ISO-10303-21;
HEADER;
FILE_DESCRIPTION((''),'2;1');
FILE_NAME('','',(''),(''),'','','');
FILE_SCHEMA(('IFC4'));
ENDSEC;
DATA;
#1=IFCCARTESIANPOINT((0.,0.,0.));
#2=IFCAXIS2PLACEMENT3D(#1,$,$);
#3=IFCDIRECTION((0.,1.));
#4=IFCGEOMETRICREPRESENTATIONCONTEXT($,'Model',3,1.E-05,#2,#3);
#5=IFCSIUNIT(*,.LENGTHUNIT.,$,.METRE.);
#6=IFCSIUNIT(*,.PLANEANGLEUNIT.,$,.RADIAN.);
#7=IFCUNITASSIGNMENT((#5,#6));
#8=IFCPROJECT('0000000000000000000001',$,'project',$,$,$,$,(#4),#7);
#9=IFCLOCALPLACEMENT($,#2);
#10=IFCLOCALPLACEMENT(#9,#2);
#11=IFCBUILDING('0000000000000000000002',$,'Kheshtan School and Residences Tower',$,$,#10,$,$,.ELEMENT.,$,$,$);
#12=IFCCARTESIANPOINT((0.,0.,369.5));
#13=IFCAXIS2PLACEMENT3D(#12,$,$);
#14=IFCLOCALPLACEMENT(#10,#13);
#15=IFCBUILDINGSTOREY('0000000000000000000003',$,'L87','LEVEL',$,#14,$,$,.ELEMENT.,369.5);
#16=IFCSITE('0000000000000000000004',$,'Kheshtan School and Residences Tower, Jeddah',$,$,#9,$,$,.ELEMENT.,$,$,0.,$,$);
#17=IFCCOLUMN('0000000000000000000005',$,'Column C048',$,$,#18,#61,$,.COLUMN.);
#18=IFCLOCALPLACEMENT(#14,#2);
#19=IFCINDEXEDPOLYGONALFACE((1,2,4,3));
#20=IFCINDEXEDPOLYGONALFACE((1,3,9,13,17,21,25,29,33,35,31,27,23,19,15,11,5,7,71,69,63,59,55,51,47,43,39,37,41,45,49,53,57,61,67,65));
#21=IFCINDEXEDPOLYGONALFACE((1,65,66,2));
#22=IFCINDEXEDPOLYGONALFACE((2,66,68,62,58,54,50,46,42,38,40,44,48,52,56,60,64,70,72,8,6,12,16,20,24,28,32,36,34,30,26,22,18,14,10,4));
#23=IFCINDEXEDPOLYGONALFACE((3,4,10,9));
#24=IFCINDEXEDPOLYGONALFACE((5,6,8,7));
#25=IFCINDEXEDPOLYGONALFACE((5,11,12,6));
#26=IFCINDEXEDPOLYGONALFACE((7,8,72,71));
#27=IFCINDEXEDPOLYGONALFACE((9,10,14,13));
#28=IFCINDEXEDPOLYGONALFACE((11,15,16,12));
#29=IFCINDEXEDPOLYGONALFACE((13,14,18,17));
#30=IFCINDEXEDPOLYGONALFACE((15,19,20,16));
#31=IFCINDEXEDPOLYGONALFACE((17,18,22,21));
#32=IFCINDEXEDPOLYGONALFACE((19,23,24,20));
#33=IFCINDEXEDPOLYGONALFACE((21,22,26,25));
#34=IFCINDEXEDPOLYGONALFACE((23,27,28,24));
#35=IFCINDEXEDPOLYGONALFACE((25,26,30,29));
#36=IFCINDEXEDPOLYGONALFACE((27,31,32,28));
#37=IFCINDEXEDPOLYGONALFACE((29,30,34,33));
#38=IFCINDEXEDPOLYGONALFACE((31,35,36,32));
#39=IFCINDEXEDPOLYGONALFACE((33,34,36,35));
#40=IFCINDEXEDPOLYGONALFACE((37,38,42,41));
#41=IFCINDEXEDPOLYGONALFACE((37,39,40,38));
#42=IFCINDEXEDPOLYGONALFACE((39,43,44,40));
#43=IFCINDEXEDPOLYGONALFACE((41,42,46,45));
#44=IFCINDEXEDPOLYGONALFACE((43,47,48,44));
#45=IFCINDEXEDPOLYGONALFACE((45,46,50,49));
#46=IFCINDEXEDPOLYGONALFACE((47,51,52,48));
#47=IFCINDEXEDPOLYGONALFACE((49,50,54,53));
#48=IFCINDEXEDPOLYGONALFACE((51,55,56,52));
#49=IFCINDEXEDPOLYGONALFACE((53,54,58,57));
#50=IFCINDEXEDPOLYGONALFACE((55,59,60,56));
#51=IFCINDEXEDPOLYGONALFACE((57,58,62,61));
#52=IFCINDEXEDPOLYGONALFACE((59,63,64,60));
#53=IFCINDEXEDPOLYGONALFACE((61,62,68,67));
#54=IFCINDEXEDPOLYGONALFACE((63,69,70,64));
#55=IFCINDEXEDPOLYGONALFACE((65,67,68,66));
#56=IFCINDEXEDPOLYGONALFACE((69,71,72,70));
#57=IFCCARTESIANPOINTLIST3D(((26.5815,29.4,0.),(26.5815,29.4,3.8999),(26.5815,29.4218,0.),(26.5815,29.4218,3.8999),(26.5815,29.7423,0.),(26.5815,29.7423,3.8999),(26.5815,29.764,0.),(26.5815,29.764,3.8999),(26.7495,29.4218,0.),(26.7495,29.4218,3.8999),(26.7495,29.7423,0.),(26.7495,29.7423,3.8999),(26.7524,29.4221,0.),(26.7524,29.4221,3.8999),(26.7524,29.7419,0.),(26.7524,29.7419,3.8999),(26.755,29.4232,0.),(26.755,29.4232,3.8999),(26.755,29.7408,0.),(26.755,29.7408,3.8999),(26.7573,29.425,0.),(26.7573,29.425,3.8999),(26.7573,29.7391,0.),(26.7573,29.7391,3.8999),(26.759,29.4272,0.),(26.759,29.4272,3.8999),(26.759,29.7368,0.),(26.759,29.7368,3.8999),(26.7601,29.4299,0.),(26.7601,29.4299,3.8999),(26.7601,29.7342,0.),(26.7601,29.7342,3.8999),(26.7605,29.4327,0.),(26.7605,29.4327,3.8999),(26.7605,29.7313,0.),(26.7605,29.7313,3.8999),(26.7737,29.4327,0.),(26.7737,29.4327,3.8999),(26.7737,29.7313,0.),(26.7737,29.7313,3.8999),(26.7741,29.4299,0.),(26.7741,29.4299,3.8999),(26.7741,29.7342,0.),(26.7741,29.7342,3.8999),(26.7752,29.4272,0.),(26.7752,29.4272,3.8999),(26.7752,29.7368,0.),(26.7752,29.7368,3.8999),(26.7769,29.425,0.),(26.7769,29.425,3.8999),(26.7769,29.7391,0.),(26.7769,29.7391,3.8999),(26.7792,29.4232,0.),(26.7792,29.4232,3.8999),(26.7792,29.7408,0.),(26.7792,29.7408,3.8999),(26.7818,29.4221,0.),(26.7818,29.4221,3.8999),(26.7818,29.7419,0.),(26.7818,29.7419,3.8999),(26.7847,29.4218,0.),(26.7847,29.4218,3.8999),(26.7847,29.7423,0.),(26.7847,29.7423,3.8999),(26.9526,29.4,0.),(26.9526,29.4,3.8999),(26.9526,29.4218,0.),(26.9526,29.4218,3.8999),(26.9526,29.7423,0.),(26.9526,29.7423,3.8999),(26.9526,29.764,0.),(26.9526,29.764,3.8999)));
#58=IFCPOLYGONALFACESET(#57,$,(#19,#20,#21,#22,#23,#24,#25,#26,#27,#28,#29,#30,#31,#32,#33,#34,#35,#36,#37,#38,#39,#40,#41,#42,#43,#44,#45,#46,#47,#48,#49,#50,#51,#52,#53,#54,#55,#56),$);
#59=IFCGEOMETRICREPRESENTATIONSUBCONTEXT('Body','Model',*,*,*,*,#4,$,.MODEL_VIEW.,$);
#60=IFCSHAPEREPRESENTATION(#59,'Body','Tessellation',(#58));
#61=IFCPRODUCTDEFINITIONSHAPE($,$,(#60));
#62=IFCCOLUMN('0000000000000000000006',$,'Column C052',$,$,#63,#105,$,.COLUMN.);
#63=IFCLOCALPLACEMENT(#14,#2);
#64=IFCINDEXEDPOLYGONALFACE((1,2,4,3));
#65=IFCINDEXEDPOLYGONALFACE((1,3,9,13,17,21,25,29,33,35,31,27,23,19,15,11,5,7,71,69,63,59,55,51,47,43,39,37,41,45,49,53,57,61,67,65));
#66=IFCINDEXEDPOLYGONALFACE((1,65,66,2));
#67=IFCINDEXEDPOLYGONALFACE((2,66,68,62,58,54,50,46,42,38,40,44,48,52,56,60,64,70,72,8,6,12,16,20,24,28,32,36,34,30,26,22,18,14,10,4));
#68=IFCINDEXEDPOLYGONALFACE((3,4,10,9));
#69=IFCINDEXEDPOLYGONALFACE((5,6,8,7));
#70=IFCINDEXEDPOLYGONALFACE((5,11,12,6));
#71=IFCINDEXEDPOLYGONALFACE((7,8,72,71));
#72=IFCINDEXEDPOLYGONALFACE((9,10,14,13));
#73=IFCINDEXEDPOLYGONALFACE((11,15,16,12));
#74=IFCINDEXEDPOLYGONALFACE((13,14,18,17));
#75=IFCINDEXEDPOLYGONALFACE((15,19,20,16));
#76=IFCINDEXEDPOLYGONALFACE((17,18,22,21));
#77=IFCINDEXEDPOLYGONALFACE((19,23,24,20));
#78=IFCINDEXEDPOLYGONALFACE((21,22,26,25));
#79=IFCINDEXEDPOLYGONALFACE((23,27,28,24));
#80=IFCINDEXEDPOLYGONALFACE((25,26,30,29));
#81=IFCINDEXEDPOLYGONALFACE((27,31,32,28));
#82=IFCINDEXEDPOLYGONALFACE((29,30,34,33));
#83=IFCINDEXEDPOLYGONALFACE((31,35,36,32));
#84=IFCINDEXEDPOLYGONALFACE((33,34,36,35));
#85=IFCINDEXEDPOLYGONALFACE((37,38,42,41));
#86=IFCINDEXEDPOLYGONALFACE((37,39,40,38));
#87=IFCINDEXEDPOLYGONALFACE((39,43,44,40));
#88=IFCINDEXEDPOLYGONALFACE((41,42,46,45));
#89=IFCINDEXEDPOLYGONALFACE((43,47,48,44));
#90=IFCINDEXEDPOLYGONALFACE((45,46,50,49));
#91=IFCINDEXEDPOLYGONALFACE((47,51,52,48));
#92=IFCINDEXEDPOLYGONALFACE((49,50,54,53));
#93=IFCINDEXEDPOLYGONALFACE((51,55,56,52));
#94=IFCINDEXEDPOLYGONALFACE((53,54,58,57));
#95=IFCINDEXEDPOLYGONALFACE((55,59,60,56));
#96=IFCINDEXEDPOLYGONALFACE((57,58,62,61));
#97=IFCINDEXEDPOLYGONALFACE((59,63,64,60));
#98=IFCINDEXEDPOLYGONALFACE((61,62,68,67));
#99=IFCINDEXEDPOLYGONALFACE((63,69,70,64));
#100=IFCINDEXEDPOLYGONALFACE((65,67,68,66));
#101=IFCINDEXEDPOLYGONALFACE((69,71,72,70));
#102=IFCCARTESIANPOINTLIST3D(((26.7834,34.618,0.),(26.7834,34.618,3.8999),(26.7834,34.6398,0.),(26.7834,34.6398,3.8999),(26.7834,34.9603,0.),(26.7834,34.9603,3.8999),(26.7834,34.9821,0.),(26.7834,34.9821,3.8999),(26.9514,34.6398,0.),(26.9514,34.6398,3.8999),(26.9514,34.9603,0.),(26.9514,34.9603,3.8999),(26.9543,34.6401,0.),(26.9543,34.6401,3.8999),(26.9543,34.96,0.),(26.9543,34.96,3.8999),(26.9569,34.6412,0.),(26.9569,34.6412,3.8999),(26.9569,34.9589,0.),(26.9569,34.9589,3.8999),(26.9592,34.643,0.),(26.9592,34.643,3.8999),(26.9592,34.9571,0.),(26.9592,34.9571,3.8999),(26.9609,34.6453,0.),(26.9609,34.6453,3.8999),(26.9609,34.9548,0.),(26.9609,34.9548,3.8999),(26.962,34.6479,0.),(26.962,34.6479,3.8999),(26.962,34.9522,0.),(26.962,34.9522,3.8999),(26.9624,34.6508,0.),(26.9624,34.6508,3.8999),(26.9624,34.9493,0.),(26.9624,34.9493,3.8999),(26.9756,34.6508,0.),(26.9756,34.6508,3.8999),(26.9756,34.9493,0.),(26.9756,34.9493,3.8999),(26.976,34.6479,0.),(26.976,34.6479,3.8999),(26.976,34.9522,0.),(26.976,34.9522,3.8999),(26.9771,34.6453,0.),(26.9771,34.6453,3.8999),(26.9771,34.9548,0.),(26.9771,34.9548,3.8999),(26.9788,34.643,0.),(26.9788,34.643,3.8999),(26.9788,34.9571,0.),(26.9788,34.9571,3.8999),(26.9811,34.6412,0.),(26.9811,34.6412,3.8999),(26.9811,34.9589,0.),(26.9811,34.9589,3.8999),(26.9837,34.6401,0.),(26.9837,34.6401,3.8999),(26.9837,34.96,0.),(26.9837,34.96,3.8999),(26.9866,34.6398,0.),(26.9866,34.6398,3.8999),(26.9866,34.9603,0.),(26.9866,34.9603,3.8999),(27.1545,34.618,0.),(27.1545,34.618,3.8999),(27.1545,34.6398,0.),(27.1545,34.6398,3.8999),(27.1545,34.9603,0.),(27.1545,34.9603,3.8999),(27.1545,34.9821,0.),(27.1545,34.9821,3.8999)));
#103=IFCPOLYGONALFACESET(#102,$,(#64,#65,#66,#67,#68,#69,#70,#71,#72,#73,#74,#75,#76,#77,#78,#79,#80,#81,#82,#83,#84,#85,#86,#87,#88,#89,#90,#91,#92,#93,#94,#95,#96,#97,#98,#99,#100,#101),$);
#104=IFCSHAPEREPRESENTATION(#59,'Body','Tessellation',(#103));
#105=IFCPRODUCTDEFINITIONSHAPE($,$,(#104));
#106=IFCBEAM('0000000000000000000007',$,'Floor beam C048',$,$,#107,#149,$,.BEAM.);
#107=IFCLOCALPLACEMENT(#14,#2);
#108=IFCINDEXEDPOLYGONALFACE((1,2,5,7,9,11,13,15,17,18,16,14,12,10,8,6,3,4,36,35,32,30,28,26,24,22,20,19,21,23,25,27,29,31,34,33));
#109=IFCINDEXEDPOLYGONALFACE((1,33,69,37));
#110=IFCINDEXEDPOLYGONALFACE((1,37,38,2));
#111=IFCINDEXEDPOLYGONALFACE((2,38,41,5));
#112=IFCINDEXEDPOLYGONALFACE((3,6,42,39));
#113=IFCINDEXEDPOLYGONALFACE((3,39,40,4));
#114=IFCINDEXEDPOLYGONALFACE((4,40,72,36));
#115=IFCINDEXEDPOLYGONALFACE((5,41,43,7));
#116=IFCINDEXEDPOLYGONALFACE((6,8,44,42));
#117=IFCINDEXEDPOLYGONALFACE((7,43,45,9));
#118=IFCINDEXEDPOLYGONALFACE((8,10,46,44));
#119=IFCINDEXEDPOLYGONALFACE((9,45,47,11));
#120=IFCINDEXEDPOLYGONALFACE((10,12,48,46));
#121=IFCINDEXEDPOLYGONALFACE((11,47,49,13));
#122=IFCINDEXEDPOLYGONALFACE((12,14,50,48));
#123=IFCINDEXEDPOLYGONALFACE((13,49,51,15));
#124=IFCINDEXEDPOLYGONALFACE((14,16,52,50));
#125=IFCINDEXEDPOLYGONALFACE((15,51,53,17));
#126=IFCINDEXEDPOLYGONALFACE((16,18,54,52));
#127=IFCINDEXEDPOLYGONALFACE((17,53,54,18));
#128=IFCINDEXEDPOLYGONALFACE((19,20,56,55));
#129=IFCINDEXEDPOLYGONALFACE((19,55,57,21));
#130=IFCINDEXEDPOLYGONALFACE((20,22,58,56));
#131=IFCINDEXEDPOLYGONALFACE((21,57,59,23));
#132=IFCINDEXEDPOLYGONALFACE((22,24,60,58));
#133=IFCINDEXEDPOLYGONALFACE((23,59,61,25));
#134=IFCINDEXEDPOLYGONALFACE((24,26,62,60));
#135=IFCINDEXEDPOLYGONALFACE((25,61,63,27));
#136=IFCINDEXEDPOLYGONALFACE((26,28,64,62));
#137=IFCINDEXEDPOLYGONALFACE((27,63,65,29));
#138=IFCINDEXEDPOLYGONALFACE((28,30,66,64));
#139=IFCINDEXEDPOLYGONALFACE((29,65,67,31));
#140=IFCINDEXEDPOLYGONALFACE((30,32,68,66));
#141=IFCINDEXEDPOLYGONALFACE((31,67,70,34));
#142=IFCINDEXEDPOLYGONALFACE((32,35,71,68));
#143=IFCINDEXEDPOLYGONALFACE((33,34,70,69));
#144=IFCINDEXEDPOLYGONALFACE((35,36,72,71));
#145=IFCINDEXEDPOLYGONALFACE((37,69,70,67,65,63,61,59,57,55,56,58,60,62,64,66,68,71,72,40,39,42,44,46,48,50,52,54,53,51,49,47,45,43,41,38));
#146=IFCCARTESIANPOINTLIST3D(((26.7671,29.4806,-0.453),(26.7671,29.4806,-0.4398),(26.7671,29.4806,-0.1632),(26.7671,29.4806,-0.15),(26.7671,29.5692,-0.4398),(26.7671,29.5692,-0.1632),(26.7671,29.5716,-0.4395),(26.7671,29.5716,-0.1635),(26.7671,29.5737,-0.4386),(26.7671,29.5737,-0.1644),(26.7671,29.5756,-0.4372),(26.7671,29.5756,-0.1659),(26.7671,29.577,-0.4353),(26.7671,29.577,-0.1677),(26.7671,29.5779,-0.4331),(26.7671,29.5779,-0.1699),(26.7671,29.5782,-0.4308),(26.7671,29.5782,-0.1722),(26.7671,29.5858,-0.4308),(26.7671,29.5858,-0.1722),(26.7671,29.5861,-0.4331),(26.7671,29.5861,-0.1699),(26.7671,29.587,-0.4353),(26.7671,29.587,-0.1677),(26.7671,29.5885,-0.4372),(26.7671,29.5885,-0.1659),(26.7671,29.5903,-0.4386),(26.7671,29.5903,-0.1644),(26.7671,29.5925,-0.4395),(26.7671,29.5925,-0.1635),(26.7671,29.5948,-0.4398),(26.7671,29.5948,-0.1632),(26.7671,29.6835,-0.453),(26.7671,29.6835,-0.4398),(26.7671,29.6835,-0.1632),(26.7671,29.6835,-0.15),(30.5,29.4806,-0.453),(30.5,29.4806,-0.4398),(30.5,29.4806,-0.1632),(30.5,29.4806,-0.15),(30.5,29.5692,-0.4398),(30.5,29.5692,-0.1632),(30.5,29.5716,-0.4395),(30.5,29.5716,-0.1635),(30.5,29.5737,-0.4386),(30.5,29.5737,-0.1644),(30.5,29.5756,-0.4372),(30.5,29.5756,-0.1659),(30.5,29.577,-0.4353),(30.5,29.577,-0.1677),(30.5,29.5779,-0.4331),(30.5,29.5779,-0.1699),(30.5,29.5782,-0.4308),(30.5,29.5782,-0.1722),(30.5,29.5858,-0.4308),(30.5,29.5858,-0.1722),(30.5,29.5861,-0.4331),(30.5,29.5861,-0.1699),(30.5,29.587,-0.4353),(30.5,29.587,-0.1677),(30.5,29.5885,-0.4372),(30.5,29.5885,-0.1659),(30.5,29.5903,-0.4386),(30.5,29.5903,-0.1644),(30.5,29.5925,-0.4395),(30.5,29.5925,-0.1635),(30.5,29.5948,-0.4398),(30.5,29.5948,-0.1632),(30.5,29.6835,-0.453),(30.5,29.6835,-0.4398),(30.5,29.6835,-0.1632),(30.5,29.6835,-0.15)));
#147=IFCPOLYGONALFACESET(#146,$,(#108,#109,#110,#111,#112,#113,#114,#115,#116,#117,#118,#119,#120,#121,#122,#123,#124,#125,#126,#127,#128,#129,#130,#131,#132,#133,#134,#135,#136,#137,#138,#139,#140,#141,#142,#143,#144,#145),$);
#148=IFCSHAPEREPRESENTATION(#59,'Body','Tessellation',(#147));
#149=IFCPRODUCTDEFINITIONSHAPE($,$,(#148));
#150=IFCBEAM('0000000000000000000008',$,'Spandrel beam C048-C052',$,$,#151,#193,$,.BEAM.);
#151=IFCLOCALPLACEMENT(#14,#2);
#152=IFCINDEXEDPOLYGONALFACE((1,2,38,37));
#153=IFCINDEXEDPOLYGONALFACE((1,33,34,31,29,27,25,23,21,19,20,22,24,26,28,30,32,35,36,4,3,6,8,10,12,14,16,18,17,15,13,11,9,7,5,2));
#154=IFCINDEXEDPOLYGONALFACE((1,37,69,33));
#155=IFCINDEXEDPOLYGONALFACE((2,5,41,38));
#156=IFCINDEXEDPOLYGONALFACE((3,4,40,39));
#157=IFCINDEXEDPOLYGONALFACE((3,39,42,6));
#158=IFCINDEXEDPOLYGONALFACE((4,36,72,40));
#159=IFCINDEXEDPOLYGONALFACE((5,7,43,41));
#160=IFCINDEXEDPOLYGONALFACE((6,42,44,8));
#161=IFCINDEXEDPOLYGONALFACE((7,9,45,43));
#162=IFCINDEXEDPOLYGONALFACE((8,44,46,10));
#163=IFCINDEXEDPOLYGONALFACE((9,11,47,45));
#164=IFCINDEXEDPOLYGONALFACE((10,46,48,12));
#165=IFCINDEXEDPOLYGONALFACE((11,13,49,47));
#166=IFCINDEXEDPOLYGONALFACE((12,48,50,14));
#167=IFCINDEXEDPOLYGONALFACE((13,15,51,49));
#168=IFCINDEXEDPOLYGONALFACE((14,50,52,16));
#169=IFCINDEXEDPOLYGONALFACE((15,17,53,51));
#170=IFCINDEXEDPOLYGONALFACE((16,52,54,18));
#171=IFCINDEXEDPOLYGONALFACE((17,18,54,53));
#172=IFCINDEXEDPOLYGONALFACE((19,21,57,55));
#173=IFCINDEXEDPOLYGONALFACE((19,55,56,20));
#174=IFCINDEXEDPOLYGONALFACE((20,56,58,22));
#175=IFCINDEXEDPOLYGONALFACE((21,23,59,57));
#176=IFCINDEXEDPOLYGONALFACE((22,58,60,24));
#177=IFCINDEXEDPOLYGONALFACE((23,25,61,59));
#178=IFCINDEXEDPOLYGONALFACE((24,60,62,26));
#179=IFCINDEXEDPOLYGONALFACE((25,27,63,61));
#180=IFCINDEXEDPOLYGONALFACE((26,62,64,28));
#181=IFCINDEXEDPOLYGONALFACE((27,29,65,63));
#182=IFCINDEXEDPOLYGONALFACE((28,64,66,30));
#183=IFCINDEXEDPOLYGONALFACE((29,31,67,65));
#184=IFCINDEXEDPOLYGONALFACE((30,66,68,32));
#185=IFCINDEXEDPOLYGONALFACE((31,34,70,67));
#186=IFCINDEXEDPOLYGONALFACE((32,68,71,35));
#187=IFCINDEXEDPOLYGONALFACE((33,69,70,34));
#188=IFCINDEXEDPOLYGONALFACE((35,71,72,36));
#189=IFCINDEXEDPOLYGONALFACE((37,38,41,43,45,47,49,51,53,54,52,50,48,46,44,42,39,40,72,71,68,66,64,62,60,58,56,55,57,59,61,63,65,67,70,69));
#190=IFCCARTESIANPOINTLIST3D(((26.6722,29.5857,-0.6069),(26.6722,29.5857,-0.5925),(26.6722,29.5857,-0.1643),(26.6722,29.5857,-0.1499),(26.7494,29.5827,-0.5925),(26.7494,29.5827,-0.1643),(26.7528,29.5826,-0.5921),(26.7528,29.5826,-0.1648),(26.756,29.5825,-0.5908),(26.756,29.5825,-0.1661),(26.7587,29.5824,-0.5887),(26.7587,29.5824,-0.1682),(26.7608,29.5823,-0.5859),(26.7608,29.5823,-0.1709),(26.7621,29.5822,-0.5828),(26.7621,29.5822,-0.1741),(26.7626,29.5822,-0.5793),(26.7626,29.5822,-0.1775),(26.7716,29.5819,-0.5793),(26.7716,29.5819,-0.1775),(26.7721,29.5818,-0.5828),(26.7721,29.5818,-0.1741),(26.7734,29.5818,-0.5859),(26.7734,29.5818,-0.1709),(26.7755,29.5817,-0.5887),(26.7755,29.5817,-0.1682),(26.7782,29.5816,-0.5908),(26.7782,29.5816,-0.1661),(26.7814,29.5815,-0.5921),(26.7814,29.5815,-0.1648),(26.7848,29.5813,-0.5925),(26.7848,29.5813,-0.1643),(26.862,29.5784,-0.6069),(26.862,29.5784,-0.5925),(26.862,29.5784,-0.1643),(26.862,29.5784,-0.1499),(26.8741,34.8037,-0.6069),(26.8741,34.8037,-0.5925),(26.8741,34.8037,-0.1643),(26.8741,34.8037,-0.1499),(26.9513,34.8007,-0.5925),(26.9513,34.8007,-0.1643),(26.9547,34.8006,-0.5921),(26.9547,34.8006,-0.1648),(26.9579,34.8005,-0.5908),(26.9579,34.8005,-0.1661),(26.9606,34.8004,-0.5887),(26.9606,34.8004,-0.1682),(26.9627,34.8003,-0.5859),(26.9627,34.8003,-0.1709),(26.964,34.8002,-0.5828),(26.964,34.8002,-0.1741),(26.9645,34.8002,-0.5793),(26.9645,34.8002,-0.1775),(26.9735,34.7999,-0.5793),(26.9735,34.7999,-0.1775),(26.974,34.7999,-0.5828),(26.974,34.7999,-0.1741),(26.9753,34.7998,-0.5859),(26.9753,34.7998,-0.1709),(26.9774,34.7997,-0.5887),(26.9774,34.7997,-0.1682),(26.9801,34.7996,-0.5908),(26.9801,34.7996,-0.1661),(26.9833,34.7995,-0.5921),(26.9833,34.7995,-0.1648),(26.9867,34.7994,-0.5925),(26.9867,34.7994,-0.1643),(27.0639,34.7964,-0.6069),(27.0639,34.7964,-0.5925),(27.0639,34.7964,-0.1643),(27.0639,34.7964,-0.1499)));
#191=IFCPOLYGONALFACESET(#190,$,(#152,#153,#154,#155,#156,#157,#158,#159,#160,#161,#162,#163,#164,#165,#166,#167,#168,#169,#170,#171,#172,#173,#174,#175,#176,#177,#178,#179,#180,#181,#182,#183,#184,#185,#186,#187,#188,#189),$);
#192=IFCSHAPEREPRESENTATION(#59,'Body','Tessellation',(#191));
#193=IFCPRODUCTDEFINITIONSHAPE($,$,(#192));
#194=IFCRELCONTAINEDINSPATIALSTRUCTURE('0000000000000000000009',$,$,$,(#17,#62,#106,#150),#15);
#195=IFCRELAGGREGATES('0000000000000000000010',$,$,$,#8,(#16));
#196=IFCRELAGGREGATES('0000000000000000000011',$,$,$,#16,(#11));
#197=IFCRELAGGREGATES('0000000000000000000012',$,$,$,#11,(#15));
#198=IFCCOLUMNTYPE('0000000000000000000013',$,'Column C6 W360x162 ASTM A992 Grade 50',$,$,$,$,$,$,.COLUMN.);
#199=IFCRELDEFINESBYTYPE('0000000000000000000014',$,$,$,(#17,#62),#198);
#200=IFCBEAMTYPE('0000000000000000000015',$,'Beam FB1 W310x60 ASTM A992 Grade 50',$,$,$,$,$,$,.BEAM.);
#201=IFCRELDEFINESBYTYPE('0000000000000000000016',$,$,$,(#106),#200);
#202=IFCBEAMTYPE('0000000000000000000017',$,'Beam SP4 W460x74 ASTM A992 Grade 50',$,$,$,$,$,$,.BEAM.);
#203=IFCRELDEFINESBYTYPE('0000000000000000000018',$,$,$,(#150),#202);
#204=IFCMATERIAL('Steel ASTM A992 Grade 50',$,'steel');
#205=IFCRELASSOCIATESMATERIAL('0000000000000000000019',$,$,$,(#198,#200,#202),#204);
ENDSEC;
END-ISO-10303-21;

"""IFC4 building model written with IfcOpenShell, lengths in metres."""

from ifc_helpers import new_model, si_unit, direction, frame, origin, origin_2d, place, context, subcontext, project, spatial, i_section, extrude, material, material_profile, profile_set, type_object, element, save


model = new_model("IFC4")

# Units and contexts
model_context = context("Model", 3, precision=1e-05, world=origin(), true_north=direction((0.0, 1.0)))
body_context = subcontext(model_context, "Body", "Model", "MODEL_VIEW")
ifc_project = project(units=[si_unit("LENGTHUNIT", "METRE"), si_unit("PLANEANGLEUNIT", "RADIAN")], contexts=[model_context])

# Site, building, storey
site_placement = place(None, origin())
site = spatial("IfcSite", under=ifc_project, at=site_placement, Name="Kheshtan School and Residences Tower, Jeddah", CompositionType="ELEMENT", RefElevation=0.0)
building_placement = place(site_placement, origin())
building = spatial("IfcBuilding", under=site, at=building_placement, Name="Kheshtan School and Residences Tower", CompositionType="ELEMENT")
storey_placement = place(building_placement, frame((0.0, 0.0, 369.5)))
storey = spatial("IfcBuildingStorey", under=building, at=storey_placement, Name="L87", Description="LEVEL", CompositionType="ELEMENT", Elevation=369.5)

# Columns
ifc_material_1 = material(Name="Steel ASTM A992 Grade 50", Category="steel")
ifc_material_profile_1 = material_profile(ifc_material_1, i_section(OverallWidth=0.3711, OverallDepth=0.364, WebThickness=0.0132, FlangeThickness=0.0217, FilletRadius=0.011, at=origin_2d()), Name="W360x162")
ifc_profile_set_1 = profile_set([ifc_material_profile_1], Name="Steel ASTM A992 Grade 50")
column_type = type_object("IfcColumnType", Name="Column C6 W360x162 ASTM A992 Grade 50", PredefinedType="COLUMN", material=ifc_profile_set_1)
for number, where, z_axis, x_axis, name in (
    (1, (26.7671, 29.582, 0.0), (0.0, 0.0, 1.0), (1.0, 0.0, 0.0), "Column C048"),
    (2, (26.969, 34.8, 0.0), (0.0, 0.0, 1.0), (1.0, 0.0, 0.0), "Column C052"),
):
    element("IfcColumn", number, at=place(storey_placement, frame(where, z_axis=z_axis, x_axis=x_axis)), inside=storey, type_object=column_type, Name=name, PredefinedType="COLUMN", context=body_context, shape_type="SweptSolid", body=[
        extrude(i_section(OverallWidth=0.3711, OverallDepth=0.364, WebThickness=0.0132, FlangeThickness=0.0217, FilletRadius=0.011, at=origin_2d()), origin(), (0.0, 0.0, 1.0), 3.8999),
    ])

# Beams
ifc_material_profile_2 = material_profile(ifc_material_1, i_section(OverallWidth=0.2029, OverallDepth=0.303, WebThickness=0.0076, FlangeThickness=0.0132, FilletRadius=0.009, at=origin_2d()), Name="W310x60")
ifc_profile_set_2 = profile_set([ifc_material_profile_2], Name="Steel ASTM A992 Grade 50")
beam_type_1 = type_object("IfcBeamType", Name="Beam FB1 W310x60 ASTM A992 Grade 50", PredefinedType="BEAM", material=ifc_profile_set_2)
beam_1_placement = place(storey_placement, frame((26.7671, 29.582, -0.3015), z_axis=(1.0, 0.0, 0.0), x_axis=(0.0, 1.0, 0.0)))
element("IfcBeam", 3, at=beam_1_placement, inside=storey, type_object=beam_type_1, Name="Floor beam C048", PredefinedType="BEAM", context=body_context, shape_type="SweptSolid", body=[
    extrude(i_section(OverallWidth=0.2029, OverallDepth=0.303, WebThickness=0.0076, FlangeThickness=0.0132, FilletRadius=0.009, at=origin_2d()), origin(), (0.0, 0.0, 1.0), 3.7329),
])
ifc_material_profile_3 = material_profile(ifc_material_1, i_section(OverallWidth=0.1899, OverallDepth=0.457, WebThickness=0.009, FlangeThickness=0.0144, FilletRadius=0.0132, at=origin_2d()), Name="W460x74")
ifc_profile_set_3 = profile_set([ifc_material_profile_3], Name="Steel ASTM A992 Grade 50")
beam_type_2 = type_object("IfcBeamType", Name="Beam SP4 W460x74 ASTM A992 Grade 50", PredefinedType="BEAM", material=ifc_profile_set_3)
beam_2_placement = place(storey_placement, frame((26.7671, 29.582, -0.3784), z_axis=(0.038665, 0.999252, 0.0), x_axis=(-0.999252, 0.038665, 0.0)))
element("IfcBeam", 4, at=beam_2_placement, inside=storey, type_object=beam_type_2, Name="Spandrel beam C048-C052", PredefinedType="BEAM", context=body_context, shape_type="SweptSolid", body=[
    extrude(i_section(OverallWidth=0.1899, OverallDepth=0.457, WebThickness=0.009, FlangeThickness=0.0144, FilletRadius=0.0132, at=origin_2d()), origin(), (0.0, 0.0, 1.0), 5.2219),
])

save(model, "model.ifc")
